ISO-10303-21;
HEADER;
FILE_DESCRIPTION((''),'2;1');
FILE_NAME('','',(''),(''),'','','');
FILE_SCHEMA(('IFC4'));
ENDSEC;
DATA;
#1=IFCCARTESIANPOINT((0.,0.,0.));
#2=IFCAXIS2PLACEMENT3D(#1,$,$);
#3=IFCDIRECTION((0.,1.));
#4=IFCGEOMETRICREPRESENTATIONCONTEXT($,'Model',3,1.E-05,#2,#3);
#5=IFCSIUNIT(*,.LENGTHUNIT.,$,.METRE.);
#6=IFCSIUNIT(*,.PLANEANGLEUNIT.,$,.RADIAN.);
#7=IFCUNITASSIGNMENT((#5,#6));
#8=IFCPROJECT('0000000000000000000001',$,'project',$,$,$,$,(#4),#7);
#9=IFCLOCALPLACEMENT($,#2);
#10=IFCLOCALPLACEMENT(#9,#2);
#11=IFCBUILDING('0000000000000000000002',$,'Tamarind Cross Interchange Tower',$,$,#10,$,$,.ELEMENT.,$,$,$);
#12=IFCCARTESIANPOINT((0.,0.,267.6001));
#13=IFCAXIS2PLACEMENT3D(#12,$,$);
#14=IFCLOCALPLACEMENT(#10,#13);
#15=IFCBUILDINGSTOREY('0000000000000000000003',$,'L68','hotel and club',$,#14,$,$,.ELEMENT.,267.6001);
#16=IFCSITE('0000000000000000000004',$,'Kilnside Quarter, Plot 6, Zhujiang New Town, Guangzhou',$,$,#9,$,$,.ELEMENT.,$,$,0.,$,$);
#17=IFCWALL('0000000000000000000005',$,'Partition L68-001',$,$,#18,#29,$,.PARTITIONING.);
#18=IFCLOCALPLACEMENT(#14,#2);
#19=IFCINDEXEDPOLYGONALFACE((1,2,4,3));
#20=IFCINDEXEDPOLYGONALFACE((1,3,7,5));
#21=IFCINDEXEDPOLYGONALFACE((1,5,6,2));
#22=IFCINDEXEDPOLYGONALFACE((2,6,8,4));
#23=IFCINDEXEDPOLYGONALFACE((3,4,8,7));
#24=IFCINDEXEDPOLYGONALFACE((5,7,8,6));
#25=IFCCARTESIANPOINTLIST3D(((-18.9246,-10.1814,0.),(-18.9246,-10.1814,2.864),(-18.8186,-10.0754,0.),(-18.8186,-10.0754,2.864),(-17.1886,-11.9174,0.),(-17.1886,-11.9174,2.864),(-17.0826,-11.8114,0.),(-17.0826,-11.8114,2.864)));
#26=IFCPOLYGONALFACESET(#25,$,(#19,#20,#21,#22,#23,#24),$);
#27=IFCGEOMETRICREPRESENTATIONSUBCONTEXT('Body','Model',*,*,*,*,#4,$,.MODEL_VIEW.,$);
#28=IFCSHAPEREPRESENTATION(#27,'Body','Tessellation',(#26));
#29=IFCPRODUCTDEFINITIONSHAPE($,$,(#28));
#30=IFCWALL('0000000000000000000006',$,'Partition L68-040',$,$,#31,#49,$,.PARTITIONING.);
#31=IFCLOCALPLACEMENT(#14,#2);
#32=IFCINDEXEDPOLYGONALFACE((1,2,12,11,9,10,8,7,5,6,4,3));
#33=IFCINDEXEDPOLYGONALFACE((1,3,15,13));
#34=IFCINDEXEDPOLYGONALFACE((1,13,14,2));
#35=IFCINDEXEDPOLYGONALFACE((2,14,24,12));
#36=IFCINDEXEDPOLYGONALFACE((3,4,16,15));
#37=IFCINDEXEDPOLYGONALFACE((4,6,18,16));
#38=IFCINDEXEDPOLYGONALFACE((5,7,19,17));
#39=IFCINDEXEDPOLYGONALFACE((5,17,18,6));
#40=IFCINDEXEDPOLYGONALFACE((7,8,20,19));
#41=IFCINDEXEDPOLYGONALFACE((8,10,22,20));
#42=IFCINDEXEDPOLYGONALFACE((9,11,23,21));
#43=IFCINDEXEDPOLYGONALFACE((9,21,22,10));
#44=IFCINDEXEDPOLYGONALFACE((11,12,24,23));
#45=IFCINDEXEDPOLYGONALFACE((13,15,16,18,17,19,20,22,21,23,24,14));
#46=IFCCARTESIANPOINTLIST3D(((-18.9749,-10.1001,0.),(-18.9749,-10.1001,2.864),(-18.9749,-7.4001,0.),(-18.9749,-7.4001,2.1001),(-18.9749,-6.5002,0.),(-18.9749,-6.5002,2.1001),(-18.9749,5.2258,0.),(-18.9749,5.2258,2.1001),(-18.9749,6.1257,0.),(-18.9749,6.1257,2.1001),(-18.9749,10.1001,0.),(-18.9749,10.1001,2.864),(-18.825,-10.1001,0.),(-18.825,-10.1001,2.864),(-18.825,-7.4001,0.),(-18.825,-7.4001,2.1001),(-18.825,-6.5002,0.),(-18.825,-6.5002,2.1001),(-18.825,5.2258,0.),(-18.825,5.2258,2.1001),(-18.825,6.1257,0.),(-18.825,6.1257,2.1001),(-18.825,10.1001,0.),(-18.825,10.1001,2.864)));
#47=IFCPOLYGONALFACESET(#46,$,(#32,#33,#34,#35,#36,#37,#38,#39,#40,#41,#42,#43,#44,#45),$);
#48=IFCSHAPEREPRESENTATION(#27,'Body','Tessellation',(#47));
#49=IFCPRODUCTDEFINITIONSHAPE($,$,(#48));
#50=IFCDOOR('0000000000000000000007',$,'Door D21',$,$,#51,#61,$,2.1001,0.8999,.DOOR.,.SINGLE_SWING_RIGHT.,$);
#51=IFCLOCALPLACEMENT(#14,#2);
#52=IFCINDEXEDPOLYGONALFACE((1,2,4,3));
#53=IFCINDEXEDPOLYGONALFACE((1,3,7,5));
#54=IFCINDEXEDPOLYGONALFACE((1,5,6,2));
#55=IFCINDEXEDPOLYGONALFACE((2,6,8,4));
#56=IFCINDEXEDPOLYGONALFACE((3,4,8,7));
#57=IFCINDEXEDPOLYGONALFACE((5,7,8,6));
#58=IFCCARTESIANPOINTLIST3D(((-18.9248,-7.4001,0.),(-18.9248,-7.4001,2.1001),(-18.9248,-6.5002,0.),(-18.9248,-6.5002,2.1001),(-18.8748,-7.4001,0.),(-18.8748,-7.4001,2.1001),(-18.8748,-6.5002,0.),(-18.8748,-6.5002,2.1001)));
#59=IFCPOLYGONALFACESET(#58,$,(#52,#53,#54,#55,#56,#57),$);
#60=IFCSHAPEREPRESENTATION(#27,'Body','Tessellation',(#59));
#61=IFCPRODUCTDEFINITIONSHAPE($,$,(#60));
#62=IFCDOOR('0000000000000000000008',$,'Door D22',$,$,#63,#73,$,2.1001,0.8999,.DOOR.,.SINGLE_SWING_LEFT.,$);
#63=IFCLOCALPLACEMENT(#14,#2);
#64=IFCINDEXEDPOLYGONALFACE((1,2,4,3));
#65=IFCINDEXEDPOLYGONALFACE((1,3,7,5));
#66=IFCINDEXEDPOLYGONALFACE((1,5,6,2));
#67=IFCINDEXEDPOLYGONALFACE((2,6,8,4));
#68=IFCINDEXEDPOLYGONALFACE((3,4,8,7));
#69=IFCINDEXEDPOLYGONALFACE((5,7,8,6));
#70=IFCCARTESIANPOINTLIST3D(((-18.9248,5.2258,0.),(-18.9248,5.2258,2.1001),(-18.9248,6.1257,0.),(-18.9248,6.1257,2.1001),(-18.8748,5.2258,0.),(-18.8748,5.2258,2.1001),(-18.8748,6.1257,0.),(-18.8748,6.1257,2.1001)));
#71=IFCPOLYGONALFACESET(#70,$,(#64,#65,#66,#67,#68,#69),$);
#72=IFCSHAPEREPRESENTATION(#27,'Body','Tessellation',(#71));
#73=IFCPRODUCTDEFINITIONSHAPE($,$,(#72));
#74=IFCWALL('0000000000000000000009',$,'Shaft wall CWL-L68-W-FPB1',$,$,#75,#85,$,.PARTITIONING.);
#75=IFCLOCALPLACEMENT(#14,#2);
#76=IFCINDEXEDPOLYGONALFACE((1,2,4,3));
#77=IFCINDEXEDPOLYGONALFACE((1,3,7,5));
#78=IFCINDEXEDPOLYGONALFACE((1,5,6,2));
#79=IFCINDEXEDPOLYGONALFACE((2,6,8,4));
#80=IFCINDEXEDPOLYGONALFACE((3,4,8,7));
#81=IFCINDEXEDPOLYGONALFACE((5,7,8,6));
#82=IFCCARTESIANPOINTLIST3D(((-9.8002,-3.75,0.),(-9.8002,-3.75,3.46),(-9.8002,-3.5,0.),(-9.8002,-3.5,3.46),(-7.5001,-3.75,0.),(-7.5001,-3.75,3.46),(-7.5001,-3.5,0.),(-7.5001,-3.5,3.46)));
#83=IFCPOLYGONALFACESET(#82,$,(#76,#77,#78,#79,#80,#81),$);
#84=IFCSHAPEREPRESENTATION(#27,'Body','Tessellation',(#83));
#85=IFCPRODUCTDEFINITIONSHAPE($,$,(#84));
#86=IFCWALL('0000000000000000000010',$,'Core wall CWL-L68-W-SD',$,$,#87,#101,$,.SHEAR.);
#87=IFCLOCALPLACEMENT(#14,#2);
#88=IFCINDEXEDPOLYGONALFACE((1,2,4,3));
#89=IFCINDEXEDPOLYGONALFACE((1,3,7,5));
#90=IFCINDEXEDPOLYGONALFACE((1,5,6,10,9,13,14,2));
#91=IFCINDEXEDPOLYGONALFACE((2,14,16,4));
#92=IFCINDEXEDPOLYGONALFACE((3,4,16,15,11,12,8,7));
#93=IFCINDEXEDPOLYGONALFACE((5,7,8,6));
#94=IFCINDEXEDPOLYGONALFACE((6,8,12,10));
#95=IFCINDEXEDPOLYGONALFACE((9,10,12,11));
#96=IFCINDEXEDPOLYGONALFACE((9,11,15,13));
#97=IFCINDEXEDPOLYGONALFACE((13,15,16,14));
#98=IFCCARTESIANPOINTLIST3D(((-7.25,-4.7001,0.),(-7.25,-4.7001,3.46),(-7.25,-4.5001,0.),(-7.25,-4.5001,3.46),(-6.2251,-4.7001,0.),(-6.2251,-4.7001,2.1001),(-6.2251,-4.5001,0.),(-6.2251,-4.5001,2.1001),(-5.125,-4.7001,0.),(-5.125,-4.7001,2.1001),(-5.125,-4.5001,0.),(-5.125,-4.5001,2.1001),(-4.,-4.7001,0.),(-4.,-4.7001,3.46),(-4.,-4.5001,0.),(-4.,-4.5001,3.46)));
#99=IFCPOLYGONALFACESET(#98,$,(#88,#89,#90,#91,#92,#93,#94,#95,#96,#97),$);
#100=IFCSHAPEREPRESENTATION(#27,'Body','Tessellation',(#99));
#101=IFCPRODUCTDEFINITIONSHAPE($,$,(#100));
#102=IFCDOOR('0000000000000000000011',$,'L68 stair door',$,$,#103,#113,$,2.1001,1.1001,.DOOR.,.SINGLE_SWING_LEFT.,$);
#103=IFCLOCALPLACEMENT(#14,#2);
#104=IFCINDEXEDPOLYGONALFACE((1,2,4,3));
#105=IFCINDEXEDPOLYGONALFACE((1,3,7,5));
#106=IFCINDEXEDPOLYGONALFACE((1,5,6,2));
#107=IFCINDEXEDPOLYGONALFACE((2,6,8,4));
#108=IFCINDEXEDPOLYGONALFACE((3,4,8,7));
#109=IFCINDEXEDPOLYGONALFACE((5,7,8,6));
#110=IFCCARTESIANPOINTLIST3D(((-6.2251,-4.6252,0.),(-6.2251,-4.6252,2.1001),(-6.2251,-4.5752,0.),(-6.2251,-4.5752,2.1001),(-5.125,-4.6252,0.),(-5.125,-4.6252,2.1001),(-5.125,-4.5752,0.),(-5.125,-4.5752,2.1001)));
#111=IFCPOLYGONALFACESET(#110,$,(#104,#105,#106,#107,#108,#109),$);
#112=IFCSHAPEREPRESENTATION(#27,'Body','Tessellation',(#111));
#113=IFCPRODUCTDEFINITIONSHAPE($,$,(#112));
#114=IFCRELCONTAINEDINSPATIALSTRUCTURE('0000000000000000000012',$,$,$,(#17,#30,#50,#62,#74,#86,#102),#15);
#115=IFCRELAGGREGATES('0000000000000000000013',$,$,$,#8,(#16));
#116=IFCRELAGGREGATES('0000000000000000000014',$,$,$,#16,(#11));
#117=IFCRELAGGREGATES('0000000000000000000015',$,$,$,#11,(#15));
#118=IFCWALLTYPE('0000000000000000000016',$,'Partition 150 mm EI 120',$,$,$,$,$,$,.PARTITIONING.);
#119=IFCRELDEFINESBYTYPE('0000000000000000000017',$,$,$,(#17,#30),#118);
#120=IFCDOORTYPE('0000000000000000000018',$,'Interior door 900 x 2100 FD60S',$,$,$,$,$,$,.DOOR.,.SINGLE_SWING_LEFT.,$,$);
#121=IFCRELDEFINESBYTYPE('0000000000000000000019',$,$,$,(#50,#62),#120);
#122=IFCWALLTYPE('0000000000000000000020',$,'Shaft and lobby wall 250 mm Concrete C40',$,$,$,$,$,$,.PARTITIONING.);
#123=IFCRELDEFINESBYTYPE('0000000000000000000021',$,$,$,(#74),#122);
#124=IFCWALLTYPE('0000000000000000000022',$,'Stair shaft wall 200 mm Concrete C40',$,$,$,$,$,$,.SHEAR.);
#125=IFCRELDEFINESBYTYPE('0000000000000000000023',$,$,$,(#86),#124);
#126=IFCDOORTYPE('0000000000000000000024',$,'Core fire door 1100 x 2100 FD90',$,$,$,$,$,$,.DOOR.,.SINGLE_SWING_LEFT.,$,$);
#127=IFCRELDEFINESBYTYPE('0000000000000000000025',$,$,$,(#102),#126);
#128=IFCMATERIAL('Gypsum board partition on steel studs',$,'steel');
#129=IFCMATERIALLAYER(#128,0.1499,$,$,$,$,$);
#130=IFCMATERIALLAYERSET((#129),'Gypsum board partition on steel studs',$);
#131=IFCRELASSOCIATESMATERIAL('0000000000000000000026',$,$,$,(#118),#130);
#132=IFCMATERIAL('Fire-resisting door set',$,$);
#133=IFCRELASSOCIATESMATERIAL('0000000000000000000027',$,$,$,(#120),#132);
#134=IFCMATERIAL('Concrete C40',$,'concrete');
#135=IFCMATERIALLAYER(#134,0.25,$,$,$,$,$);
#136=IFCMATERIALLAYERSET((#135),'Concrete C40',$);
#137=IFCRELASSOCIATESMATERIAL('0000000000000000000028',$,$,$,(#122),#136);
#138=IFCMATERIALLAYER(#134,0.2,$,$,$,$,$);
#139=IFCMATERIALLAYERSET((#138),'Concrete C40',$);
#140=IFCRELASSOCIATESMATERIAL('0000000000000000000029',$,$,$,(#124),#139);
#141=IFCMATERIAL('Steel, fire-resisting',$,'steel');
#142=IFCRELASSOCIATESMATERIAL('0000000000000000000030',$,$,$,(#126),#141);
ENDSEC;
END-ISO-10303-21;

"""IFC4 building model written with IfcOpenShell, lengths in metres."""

from ifc_helpers import new_model, si_unit, direction, frame, frame_2d, origin, place, context, subcontext, project, spatial, rectangle, extrude, material, layer, layer_set, type_object, element, fill, save


model = new_model("IFC4")

# Units and contexts
model_context = context("Model", 3, precision=1e-05, world=origin(), true_north=direction((0.0, 1.0)))
body_context = subcontext(model_context, "Body", "Model", "MODEL_VIEW")
ifc_project = project(units=[si_unit("LENGTHUNIT", "METRE"), si_unit("PLANEANGLEUNIT", "RADIAN")], contexts=[model_context])

# Site, building, storey
site_placement = place(None, origin())
site = spatial("IfcSite", under=ifc_project, at=site_placement, Name="Kilnside Quarter, Plot 6, Zhujiang New Town, Guangzhou", CompositionType="ELEMENT", RefElevation=0.0)
building_placement = place(site_placement, origin())
building = spatial("IfcBuilding", under=site, at=building_placement, Name="Tamarind Cross Interchange Tower", CompositionType="ELEMENT")
storey_placement = place(building_placement, frame((0.0, 0.0, 267.6001)))
storey = spatial("IfcBuildingStorey", under=building, at=storey_placement, Name="L68", Description="hotel and club", CompositionType="ELEMENT", Elevation=267.6001)

# Shared definitions
ifc_material_1 = material(Name="Steel, fire-resisting", Category="steel")

# Wall
ifc_material_2 = material(Name="Gypsum board partition on steel studs", Category="steel")
ifc_layer_1 = layer(ifc_material_2, 0.1499)
ifc_layer_set_1 = layer_set([ifc_layer_1], Name="Gypsum board partition on steel studs")
wall_type_1 = type_object("IfcWallType", Name="Partition 150 mm EI 120", PredefinedType="PARTITIONING", material=ifc_layer_set_1)
wall_1_placement = place(storey_placement, frame((-18.8716, -10.1284, 0.0), z_axis=(0.0, 0.0, 1.0), x_axis=(0.707107, -0.707107, 0.0)))
element("IfcWall", 1, at=wall_1_placement, inside=storey, type_object=wall_type_1, Name="Partition L68-001", PredefinedType="PARTITIONING", context=body_context, shape_type="SweptSolid", body=[
    extrude(rectangle(XDim=2.4551, YDim=0.1499, at=frame_2d((1.2275, 0.0))), origin(), (0.0, 0.0, 1.0), 2.864),
])

# Wall, openings, doors
wall_2_placement = place(storey_placement, frame((-18.8999, -10.1001, 0.0), z_axis=(0.0, 0.0, 1.0), x_axis=(0.0, 1.0, 0.0)))
wall_2 = element("IfcWall", 2, at=wall_2_placement, inside=storey, type_object=wall_type_1, Name="Partition L68-040", PredefinedType="PARTITIONING", context=body_context, shape_type="SweptSolid", body=[
    extrude(rectangle(XDim=20.2002, YDim=0.1499, at=frame_2d((10.1001, 0.0))), origin(), (0.0, 0.0, 1.0), 2.864),
])
opening_1_placement = place(wall_2_placement, frame((2.7, 0.0, 0.0)))
opening_1 = element("IfcOpeningElement", 3, at=opening_1_placement, cuts=wall_2, PredefinedType="OPENING", context=body_context, shape_type="SweptSolid", body=[
    extrude(rectangle(XDim=0.8999, YDim=2.1001, at=frame_2d((0.45, 1.05))), frame((0.0, 0.085, 0.0), z_axis=(0.0, -1.0, 0.0), x_axis=(1.0, 0.0, 0.0)), (0.0, 0.0, 1.0), 0.1699),
])
opening_2_placement = place(wall_2_placement, frame((15.3259, 0.0, 0.0)))
opening_2 = element("IfcOpeningElement", 4, at=opening_2_placement, cuts=wall_2, PredefinedType="OPENING", context=body_context, shape_type="SweptSolid", body=[
    extrude(rectangle(XDim=0.8999, YDim=2.1001, at=frame_2d((0.45, 1.05))), frame((0.0, 0.085, 0.0), z_axis=(0.0, -1.0, 0.0), x_axis=(1.0, 0.0, 0.0)), (0.0, 0.0, 1.0), 0.1699),
])
ifc_material_3 = material(Name="Fire-resisting door set")
door_type_1 = type_object("IfcDoorType", Name="Interior door 900 x 2100 FD60S", OperationType="SINGLE_SWING_LEFT", PredefinedType="DOOR", material=ifc_material_3)
door_1_placement = place(opening_1_placement, origin())
door_1 = element("IfcDoor", 5, at=door_1_placement, inside=storey, type_object=door_type_1, Name="Door D21", OperationType="SINGLE_SWING_RIGHT", OverallHeight=2.1001, OverallWidth=0.8999, PredefinedType="DOOR", context=body_context, shape_type="SweptSolid", body=[
    extrude(rectangle(XDim=0.8999, YDim=2.1001, at=frame_2d((0.45, 1.05))), frame((0.0, 0.0249, 0.0), z_axis=(0.0, -1.0, 0.0), x_axis=(1.0, 0.0, 0.0)), (0.0, 0.0, 1.0), 0.05),
])
fill(opening_1, door_1)
door_2_placement = place(opening_2_placement, origin())
door_2 = element("IfcDoor", 6, at=door_2_placement, inside=storey, type_object=door_type_1, Name="Door D22", OperationType="SINGLE_SWING_LEFT", OverallHeight=2.1001, OverallWidth=0.8999, PredefinedType="DOOR", context=body_context, shape_type="SweptSolid", body=[
    extrude(rectangle(XDim=0.8999, YDim=2.1001, at=frame_2d((0.45, 1.05))), frame((0.0, 0.0249, 0.0), z_axis=(0.0, -1.0, 0.0), x_axis=(1.0, 0.0, 0.0)), (0.0, 0.0, 1.0), 0.05),
])
fill(opening_2, door_2)

# Wall
ifc_material_4 = material(Name="Concrete C40", Category="concrete")
ifc_layer_2 = layer(ifc_material_4, 0.25)
ifc_layer_set_2 = layer_set([ifc_layer_2], Name="Concrete C40")
wall_type_2 = type_object("IfcWallType", Name="Shaft and lobby wall 250 mm Concrete C40", PredefinedType="PARTITIONING", material=ifc_layer_set_2)
wall_3_placement = place(storey_placement, frame((-9.8, -3.625, 0.0), z_axis=(0.0, 0.0, 1.0), x_axis=(1.0, 0.0, 0.0)))
element("IfcWall", 7, at=wall_3_placement, inside=storey, type_object=wall_type_2, Name="Shaft wall CWL-L68-W-FPB1", PredefinedType="PARTITIONING", context=body_context, shape_type="SweptSolid", body=[
    extrude(rectangle(XDim=2.3, YDim=0.25, at=frame_2d((1.1499, 0.0))), origin(), (0.0, 0.0, 1.0), 3.46),
])

# Wall, opening, door
ifc_layer_3 = layer(ifc_material_4, 0.2)
ifc_layer_set_3 = layer_set([ifc_layer_3], Name="Concrete C40")
wall_type_3 = type_object("IfcWallType", Name="Stair shaft wall 200 mm Concrete C40", PredefinedType="SHEAR", material=ifc_layer_set_3)
wall_4_placement = place(storey_placement, frame((-7.25, -4.6001, 0.0), z_axis=(0.0, 0.0, 1.0), x_axis=(1.0, 0.0, 0.0)))
wall_4 = element("IfcWall", 8, at=wall_4_placement, inside=storey, type_object=wall_type_3, Name="Core wall CWL-L68-W-SD", PredefinedType="SHEAR", context=body_context, shape_type="SweptSolid", body=[
    extrude(rectangle(XDim=3.25, YDim=0.2, at=frame_2d((1.625, 0.0))), origin(), (0.0, 0.0, 1.0), 3.46),
])
opening_3_placement = place(wall_4_placement, frame((1.0249, 0.0, 0.0)))
opening_3 = element("IfcOpeningElement", 9, at=opening_3_placement, cuts=wall_4, PredefinedType="OPENING", context=body_context, shape_type="SweptSolid", body=[
    extrude(rectangle(XDim=1.1001, YDim=2.1001, at=frame_2d((0.55, 1.05))), frame((0.0, 0.1099, 0.0), z_axis=(0.0, -1.0, 0.0), x_axis=(1.0, 0.0, 0.0)), (0.0, 0.0, 1.0), 0.22),
])
door_type_2 = type_object("IfcDoorType", Name="Core fire door 1100 x 2100 FD90", OperationType="SINGLE_SWING_LEFT", PredefinedType="DOOR", material=ifc_material_1)
door_3_placement = place(opening_3_placement, origin())
door_3 = element("IfcDoor", 10, at=door_3_placement, inside=storey, type_object=door_type_2, Name="L68 stair door", OperationType="SINGLE_SWING_LEFT", OverallHeight=2.1001, OverallWidth=1.1001, PredefinedType="DOOR", context=body_context, shape_type="SweptSolid", body=[
    extrude(rectangle(XDim=1.1001, YDim=2.1001, at=frame_2d((0.55, 1.05))), frame((0.0, 0.0249, 0.0), z_axis=(0.0, -1.0, 0.0), x_axis=(1.0, 0.0, 0.0)), (0.0, 0.0, 1.0), 0.05),
])
fill(opening_3, door_3)

save(model, "model.ifc")
